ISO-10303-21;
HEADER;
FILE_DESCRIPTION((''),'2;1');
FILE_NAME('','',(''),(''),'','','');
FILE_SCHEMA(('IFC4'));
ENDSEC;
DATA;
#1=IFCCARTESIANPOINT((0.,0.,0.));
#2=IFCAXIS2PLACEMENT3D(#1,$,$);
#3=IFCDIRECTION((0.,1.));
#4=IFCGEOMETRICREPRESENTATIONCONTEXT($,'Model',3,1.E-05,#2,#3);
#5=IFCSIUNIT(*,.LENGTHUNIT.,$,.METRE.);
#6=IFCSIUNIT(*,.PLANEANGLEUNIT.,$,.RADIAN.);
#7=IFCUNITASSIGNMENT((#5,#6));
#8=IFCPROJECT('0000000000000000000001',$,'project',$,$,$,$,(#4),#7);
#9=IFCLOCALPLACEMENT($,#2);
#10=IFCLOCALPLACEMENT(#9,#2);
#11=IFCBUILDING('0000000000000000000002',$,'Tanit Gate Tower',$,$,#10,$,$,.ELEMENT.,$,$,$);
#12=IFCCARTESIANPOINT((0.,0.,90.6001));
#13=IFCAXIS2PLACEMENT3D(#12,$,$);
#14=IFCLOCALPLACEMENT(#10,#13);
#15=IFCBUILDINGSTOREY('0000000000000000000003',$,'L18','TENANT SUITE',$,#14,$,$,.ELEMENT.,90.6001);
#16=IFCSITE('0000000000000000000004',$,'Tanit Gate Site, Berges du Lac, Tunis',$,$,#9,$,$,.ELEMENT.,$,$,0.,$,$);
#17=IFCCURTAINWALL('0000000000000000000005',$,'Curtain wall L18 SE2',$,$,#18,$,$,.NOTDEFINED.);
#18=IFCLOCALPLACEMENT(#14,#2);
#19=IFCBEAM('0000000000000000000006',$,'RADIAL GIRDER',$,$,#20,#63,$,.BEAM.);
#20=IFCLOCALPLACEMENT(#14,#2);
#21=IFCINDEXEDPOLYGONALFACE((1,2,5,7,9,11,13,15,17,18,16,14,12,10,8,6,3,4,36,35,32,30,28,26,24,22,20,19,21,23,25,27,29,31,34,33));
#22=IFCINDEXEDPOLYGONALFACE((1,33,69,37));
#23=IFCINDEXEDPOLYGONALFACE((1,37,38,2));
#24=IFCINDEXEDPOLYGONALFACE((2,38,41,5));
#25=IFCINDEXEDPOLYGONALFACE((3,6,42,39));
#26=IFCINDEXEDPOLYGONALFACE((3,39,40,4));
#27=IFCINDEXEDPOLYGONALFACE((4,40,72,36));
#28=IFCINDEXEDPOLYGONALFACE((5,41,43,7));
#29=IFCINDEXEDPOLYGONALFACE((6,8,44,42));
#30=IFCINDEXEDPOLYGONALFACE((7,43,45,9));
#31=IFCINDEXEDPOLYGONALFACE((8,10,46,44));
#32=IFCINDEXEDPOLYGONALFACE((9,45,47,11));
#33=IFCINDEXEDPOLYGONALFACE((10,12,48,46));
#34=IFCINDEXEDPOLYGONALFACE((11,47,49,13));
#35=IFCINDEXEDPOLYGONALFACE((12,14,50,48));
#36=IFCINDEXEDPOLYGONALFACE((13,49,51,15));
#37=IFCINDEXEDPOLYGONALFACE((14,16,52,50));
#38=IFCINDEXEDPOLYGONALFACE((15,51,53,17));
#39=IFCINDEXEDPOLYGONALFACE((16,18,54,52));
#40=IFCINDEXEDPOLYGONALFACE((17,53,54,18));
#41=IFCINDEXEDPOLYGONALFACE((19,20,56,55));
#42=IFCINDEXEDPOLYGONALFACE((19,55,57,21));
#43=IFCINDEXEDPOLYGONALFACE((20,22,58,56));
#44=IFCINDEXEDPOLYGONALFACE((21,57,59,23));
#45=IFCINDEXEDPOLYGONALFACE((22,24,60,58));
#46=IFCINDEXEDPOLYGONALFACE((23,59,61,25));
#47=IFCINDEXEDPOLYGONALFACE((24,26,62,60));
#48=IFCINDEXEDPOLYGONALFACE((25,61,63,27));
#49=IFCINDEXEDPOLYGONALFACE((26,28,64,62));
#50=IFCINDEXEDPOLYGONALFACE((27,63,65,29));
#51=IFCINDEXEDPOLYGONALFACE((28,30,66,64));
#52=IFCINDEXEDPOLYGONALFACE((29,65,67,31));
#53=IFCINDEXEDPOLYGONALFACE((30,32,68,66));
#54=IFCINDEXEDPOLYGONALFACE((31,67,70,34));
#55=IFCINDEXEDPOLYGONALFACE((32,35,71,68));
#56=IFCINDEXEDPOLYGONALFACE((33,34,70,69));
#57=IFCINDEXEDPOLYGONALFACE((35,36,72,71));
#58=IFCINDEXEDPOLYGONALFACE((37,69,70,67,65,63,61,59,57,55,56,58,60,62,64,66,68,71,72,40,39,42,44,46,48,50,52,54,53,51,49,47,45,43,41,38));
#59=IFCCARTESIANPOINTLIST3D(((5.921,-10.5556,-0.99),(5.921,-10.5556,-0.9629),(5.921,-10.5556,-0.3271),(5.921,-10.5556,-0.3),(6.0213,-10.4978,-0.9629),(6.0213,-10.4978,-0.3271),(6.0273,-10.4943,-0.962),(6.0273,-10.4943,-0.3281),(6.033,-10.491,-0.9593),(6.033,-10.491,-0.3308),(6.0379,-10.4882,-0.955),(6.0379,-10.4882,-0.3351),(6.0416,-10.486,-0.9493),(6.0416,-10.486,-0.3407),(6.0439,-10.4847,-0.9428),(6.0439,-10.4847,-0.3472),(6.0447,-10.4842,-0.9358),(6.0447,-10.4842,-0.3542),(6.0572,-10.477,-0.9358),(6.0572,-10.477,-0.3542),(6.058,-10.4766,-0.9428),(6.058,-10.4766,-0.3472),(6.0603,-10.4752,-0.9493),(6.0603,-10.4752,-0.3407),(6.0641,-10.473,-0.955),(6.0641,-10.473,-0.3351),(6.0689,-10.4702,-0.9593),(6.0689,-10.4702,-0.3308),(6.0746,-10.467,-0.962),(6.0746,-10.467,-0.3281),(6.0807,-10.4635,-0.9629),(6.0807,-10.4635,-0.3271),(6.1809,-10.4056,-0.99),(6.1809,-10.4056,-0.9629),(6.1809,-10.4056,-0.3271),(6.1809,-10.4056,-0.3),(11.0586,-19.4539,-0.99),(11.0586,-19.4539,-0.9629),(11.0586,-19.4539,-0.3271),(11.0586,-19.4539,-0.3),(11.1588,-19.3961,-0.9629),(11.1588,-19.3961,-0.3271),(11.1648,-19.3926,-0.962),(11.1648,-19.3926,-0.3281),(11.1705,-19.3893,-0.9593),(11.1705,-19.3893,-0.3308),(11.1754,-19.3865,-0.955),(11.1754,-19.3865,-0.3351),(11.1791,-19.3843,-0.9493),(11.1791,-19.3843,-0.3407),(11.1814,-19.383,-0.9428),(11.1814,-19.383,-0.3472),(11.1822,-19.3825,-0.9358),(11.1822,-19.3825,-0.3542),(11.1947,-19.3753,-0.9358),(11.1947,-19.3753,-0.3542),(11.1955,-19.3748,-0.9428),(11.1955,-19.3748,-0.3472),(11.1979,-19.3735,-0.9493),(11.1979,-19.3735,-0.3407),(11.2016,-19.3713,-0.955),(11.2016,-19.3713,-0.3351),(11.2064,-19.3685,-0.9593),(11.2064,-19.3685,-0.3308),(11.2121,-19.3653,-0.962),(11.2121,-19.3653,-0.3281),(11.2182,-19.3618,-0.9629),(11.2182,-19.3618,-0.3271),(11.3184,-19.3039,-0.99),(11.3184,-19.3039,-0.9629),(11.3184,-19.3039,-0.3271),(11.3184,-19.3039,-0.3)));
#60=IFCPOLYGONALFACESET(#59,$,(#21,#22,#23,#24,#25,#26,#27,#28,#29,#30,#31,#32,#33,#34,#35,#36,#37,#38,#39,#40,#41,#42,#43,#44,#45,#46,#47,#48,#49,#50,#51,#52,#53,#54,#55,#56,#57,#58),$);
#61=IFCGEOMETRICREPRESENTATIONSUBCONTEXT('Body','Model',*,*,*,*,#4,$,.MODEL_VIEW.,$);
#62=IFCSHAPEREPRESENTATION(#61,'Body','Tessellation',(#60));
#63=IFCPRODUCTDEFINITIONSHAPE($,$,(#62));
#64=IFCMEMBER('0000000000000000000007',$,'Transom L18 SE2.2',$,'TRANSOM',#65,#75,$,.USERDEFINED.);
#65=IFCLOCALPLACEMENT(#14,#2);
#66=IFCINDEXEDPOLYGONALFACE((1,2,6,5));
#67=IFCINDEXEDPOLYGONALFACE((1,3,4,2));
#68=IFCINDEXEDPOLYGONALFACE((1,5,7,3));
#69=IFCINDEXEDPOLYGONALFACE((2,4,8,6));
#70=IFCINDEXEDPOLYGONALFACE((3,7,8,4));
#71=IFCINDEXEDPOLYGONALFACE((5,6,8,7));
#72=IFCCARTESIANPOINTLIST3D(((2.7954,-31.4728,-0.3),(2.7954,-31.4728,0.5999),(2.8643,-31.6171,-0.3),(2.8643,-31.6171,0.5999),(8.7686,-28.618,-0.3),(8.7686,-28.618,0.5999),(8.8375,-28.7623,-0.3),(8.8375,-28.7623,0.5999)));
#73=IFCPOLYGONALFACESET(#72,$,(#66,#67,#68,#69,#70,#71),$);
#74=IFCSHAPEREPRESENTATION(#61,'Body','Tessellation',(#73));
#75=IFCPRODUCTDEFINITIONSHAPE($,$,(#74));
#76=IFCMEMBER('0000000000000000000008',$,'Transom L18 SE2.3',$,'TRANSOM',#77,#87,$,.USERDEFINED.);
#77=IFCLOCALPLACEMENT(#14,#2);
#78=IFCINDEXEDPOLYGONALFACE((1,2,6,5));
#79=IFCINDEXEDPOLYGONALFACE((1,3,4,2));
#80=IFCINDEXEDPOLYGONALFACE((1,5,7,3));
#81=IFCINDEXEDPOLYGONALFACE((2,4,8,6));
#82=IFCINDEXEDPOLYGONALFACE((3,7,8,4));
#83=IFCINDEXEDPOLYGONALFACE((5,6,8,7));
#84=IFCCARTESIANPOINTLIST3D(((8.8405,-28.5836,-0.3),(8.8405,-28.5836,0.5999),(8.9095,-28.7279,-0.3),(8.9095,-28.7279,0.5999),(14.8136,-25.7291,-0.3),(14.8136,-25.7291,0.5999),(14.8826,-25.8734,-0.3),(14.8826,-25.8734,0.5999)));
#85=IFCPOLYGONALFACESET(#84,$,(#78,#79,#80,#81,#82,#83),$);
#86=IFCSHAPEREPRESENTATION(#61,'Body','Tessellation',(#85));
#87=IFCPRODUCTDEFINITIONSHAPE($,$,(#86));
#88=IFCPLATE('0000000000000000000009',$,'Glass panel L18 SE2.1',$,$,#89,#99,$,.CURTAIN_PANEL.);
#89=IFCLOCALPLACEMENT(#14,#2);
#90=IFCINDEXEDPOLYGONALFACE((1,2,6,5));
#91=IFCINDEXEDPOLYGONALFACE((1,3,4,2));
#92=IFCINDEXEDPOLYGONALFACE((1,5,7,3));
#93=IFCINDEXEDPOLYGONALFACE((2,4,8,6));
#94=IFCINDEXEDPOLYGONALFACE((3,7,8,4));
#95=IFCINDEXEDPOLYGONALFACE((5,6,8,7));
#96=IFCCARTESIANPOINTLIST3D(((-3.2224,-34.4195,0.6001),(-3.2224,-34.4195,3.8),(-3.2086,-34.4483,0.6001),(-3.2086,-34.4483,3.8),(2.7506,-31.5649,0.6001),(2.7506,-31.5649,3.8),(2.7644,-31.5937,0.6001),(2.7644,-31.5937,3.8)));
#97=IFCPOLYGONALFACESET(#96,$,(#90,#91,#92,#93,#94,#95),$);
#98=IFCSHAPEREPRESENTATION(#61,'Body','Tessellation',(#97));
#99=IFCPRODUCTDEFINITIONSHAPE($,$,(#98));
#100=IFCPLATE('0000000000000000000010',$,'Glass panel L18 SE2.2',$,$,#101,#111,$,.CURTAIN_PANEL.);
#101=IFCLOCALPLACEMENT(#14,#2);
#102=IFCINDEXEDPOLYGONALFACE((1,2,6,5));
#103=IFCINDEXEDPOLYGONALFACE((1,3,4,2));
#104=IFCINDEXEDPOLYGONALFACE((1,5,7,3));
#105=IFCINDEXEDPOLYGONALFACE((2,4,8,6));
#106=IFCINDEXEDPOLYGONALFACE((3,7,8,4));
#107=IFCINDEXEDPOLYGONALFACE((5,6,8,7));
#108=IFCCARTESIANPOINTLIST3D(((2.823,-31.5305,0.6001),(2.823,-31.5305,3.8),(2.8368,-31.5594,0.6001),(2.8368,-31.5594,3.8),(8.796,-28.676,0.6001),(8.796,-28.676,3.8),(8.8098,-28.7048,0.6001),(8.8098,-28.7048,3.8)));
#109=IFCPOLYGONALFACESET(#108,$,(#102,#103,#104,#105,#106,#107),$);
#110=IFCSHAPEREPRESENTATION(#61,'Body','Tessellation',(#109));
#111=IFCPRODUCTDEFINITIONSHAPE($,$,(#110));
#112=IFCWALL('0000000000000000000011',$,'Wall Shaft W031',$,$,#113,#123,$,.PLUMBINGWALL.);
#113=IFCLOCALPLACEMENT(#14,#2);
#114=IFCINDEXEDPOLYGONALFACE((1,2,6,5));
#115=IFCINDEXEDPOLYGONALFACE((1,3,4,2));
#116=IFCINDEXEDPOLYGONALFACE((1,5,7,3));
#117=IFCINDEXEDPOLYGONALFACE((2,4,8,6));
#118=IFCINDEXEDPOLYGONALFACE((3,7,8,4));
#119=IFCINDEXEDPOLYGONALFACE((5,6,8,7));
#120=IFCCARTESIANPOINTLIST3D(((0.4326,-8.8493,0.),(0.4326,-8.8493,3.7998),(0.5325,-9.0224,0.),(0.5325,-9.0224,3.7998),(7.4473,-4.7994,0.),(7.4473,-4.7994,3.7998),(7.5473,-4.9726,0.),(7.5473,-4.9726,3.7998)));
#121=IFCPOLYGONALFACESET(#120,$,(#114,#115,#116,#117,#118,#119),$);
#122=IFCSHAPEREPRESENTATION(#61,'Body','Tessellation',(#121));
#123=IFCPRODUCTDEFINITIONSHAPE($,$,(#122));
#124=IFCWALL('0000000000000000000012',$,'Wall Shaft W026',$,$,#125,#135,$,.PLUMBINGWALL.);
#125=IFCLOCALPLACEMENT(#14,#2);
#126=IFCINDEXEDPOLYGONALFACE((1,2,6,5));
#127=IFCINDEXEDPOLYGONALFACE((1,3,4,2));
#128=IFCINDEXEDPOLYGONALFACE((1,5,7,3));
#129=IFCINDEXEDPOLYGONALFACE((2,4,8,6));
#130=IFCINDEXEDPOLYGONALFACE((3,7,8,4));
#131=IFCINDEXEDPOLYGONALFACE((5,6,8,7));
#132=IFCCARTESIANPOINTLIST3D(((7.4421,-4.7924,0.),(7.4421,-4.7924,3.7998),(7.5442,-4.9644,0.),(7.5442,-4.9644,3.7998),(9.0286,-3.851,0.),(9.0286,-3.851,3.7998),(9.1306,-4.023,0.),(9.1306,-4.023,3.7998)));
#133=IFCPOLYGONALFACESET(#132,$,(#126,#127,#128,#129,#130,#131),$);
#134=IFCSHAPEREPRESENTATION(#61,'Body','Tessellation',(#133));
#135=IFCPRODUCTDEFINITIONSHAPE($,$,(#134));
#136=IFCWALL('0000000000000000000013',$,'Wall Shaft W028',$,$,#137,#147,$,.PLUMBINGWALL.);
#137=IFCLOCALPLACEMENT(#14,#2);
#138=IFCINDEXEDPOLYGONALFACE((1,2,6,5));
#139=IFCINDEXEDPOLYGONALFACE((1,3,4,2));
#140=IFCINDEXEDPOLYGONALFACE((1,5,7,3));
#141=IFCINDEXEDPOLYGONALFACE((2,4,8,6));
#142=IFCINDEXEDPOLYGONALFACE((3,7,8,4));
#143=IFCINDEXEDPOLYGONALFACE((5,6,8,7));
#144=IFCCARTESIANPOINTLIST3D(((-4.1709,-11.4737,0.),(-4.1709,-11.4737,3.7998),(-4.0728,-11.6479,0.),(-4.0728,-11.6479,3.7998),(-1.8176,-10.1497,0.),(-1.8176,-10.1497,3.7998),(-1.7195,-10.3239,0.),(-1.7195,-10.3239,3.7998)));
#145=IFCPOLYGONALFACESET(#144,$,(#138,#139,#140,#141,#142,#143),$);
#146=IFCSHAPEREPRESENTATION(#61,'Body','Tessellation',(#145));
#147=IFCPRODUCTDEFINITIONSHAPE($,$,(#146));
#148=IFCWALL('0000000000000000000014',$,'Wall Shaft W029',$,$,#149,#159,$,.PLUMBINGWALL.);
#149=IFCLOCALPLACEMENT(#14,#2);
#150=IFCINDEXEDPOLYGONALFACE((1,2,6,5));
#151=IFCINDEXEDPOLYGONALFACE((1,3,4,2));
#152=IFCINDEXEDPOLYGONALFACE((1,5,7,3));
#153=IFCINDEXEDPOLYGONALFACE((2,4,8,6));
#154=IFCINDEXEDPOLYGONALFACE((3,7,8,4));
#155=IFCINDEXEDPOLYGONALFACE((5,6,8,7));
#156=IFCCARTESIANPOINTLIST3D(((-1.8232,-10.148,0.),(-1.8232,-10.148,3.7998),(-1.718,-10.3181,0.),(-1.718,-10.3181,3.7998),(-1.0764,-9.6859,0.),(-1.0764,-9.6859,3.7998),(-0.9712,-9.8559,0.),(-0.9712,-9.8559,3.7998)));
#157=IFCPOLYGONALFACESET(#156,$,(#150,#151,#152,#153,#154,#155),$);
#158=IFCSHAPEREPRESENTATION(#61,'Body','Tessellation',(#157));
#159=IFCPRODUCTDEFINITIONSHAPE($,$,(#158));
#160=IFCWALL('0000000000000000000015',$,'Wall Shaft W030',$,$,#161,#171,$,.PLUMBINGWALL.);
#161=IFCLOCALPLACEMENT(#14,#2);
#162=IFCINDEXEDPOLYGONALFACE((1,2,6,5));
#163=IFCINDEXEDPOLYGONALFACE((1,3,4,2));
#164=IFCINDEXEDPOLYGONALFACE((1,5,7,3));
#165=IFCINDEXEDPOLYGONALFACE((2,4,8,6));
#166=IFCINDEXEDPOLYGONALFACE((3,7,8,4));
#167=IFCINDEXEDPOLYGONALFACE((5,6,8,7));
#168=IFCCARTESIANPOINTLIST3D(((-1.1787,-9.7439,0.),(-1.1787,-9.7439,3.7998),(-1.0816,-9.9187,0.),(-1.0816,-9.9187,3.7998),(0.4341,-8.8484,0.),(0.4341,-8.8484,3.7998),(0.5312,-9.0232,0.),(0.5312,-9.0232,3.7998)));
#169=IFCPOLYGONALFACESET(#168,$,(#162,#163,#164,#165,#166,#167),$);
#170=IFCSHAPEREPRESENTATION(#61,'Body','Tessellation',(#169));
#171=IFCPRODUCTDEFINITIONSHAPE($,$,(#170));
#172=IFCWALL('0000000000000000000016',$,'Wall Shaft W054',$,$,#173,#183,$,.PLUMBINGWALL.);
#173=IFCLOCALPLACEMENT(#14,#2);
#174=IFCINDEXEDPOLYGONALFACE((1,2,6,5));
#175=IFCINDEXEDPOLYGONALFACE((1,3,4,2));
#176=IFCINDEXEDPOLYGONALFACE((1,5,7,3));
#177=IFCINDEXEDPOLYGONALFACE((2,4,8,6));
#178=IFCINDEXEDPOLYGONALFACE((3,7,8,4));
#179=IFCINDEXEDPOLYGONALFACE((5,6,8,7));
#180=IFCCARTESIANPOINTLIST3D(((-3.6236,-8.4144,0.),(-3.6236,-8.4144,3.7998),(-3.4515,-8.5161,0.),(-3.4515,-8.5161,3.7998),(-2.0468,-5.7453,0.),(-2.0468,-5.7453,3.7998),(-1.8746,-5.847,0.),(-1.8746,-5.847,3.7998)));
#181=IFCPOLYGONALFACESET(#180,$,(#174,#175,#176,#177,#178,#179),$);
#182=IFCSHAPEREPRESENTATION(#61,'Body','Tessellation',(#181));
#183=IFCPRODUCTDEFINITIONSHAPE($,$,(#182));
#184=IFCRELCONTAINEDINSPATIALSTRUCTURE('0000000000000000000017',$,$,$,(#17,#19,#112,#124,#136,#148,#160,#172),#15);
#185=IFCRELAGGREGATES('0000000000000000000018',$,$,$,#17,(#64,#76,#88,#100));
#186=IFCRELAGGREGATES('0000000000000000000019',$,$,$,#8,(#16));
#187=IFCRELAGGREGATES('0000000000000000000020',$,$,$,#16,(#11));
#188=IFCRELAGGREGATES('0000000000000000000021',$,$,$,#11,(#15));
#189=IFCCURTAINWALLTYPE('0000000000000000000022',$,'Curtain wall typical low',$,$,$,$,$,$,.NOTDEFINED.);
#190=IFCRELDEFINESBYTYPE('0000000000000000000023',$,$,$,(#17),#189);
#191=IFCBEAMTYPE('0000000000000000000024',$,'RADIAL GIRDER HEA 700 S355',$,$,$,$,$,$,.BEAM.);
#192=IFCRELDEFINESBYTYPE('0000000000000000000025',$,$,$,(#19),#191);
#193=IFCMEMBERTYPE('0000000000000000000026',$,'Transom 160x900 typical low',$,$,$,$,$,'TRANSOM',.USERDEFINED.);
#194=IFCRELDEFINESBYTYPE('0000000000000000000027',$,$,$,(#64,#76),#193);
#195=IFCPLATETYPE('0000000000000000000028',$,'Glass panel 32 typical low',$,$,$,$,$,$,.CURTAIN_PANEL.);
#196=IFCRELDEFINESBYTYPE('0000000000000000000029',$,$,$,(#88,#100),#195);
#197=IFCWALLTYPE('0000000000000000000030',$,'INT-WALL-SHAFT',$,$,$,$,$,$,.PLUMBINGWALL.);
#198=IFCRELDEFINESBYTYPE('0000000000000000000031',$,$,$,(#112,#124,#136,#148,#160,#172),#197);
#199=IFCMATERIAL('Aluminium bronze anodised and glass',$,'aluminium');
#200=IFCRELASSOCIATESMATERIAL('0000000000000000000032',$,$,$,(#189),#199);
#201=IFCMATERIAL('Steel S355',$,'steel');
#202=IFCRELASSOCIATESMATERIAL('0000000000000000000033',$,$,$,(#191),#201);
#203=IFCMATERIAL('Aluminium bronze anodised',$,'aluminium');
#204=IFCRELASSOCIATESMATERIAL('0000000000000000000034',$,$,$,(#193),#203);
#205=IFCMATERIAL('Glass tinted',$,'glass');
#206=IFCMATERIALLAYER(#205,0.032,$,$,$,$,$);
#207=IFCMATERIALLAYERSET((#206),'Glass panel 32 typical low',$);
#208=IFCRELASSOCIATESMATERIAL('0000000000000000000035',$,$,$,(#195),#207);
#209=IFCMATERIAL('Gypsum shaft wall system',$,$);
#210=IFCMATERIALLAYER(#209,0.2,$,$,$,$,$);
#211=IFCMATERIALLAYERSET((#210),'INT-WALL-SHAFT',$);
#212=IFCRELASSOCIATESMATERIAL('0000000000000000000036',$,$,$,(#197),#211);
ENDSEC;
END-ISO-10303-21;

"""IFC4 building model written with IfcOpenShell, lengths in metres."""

from ifc_helpers import new_model, si_unit, direction, frame, frame_2d, origin, origin_2d, place, context, subcontext, project, spatial, rectangle, i_section, extrude, material, layer, layer_set, material_profile, profile_set, type_object, element, aggregate, save


model = new_model("IFC4")

# Units and contexts
model_context = context("Model", 3, precision=1e-05, world=origin(), true_north=direction((0.0, 1.0)))
body_context = subcontext(model_context, "Body", "Model", "MODEL_VIEW")
ifc_project = project(units=[si_unit("LENGTHUNIT", "METRE"), si_unit("PLANEANGLEUNIT", "RADIAN")], contexts=[model_context])

# Site, building, storey
site_placement = place(None, origin())
site = spatial("IfcSite", under=ifc_project, at=site_placement, Name="Tanit Gate Site, Berges du Lac, Tunis", CompositionType="ELEMENT", RefElevation=0.0)
building_placement = place(site_placement, origin())
building = spatial("IfcBuilding", under=site, at=building_placement, Name="Tanit Gate Tower", CompositionType="ELEMENT")
storey_placement = place(building_placement, frame((0.0, 0.0, 90.6001)))
storey = spatial("IfcBuildingStorey", under=building, at=storey_placement, Name="L18", Description="TENANT SUITE", CompositionType="ELEMENT", Elevation=90.6001)

# Curtain wall
ifc_material_1 = material(Name="Aluminium bronze anodised and glass", Category="aluminium")
curtain_wall_type = type_object("IfcCurtainWallType", Name="Curtain wall typical low", PredefinedType="NOTDEFINED", material=ifc_material_1)
curtain_wall_placement = place(storey_placement, origin())
curtain_wall = element("IfcCurtainWall", 1, at=curtain_wall_placement, inside=storey, type_object=curtain_wall_type, Name="Curtain wall L18 SE2", PredefinedType="NOTDEFINED")

# Beam
ifc_material_2 = material(Name="Steel S355", Category="steel")
ifc_material_profile_1 = material_profile(ifc_material_2, i_section(OverallWidth=0.3, OverallDepth=0.6899, WebThickness=0.0144, FlangeThickness=0.0271, FilletRadius=0.0271, at=origin_2d()), Name="HEA 700")
ifc_profile_set_1 = profile_set([ifc_material_profile_1], Name="Steel S355")
beam_type = type_object("IfcBeamType", Name="RADIAL GIRDER HEA 700 S355", PredefinedType="BEAM", material=ifc_profile_set_1)
beam_1_placement = place(storey_placement, frame((11.1885, -19.3789, -0.645), z_axis=(-0.500006, 0.866022, 0.0), x_axis=(-0.866022, -0.500006, 0.0)))
element("IfcBeam", 2, at=beam_1_placement, inside=storey, type_object=beam_type, Name="RADIAL GIRDER", PredefinedType="BEAM", context=body_context, shape_type="SweptSolid", body=[
    extrude(i_section(OverallWidth=0.3, OverallDepth=0.6899, WebThickness=0.0144, FlangeThickness=0.0271, FilletRadius=0.0271, at=origin_2d()), origin(), (0.0, 0.0, 1.0), 10.2749),
])

# Members
ifc_material_3 = material(Name="Aluminium bronze anodised", Category="aluminium")
ifc_material_profile_2 = material_profile(ifc_material_3, rectangle(XDim=0.1599, YDim=0.8999, at=origin_2d()), Name="160x900 bronze transom")
ifc_profile_set_2 = profile_set([ifc_material_profile_2], Name="Aluminium bronze anodised")
member_type_1 = type_object("IfcMemberType", Name="Transom 160x900 typical low", ElementType="TRANSOM", PredefinedType="USERDEFINED", material=ifc_profile_set_2)
member_1_placement = place(storey_placement, frame((2.8298, -31.5449, 0.1499), z_axis=(0.902251, 0.431211, 0.0), x_axis=(-0.431211, 0.902251, 0.0)))
member_1 = element("IfcMember", 3, at=member_1_placement, type_object=member_type_1, Name="Transom L18 SE2.2", ObjectType="TRANSOM", PredefinedType="USERDEFINED", context=body_context, shape_type="SweptSolid", body=[
    extrude(rectangle(XDim=0.1599, YDim=0.8999, at=origin_2d()), origin(), (0.0, 0.0, 1.0), 6.6204),
])
member_2_placement = place(storey_placement, frame((8.875, -28.6558, 0.1499), z_axis=(0.902265, 0.431181, 0.0), x_axis=(-0.431181, 0.902265, 0.0)))
member_2 = element("IfcMember", 4, at=member_2_placement, type_object=member_type_1, Name="Transom L18 SE2.3", ObjectType="TRANSOM", PredefinedType="USERDEFINED", context=body_context, shape_type="SweptSolid", body=[
    extrude(rectangle(XDim=0.1599, YDim=0.8999, at=origin_2d()), origin(), (0.0, 0.0, 1.0), 6.6201),
])

# Plates
ifc_material_4 = material(Name="Glass tinted", Category="glass")
ifc_layer_1 = layer(ifc_material_4, 0.032)
ifc_layer_set_1 = layer_set([ifc_layer_1], Name="Glass panel 32 typical low")
plate_type = type_object("IfcPlateType", Name="Glass panel 32 typical low", PredefinedType="CURTAIN_PANEL", material=ifc_layer_set_1)
plate_1_placement = place(storey_placement, frame((-0.229, -33.0066, 0.6001), z_axis=(0.0, 0.0, 1.0), x_axis=(0.902258, 0.431197, 0.0)))
plate_1 = element("IfcPlate", 5, at=plate_1_placement, type_object=plate_type, Name="Glass panel L18 SE2.1", PredefinedType="CURTAIN_PANEL", context=body_context, shape_type="SweptSolid", body=[
    extrude(rectangle(XDim=6.6201, YDim=0.032, at=origin_2d()), origin(), (0.0, 0.0, 1.0), 3.2),
])
plate_2_placement = place(storey_placement, frame((5.8164, -30.1177, 0.6001), z_axis=(0.0, 0.0, 1.0), x_axis=(0.902258, 0.431197, 0.0)))
plate_2 = element("IfcPlate", 6, at=plate_2_placement, type_object=plate_type, Name="Glass panel L18 SE2.2", PredefinedType="CURTAIN_PANEL", context=body_context, shape_type="SweptSolid", body=[
    extrude(rectangle(XDim=6.6201, YDim=0.032, at=origin_2d()), origin(), (0.0, 0.0, 1.0), 3.2),
])
aggregate(curtain_wall, [member_1, member_2, plate_1, plate_2])

# Walls
ifc_material_5 = material(Name="Gypsum shaft wall system")
ifc_layer_2 = layer(ifc_material_5, 0.2)
ifc_layer_set_2 = layer_set([ifc_layer_2], Name="INT-WALL-SHAFT")
wall_type = type_object("IfcWallType", Name="INT-WALL-SHAFT", PredefinedType="PLUMBINGWALL", material=ifc_layer_set_2)
wall_1_placement = place(storey_placement, frame((0.4827, -8.9358, 0.0), z_axis=(0.0, 0.0, 1.0), x_axis=(0.866031, 0.49999, 0.0)))
element("IfcWall", 7, at=wall_1_placement, inside=storey, type_object=wall_type, Name="Wall Shaft W031", PredefinedType="PLUMBINGWALL", context=body_context, shape_type="SweptSolid", body=[
    extrude(rectangle(XDim=8.0999, YDim=0.2, at=frame_2d((4.0498, 0.0))), origin(), (0.0, 0.0, 1.0), 3.7998),
])
wall_2_placement = place(storey_placement, frame((7.4932, -4.8784, 0.0), z_axis=(0.0, 0.0, 1.0), x_axis=(0.859982, 0.510325, 0.0)))
element("IfcWall", 8, at=wall_2_placement, inside=storey, type_object=wall_type, Name="Wall Shaft W026", PredefinedType="PLUMBINGWALL", context=body_context, shape_type="SweptSolid", body=[
    extrude(rectangle(XDim=1.8447, YDim=0.2, at=frame_2d((0.9224, 0.0))), origin(), (0.0, 0.0, 1.0), 3.7998),
])
wall_3_placement = place(storey_placement, frame((-1.7686, -10.2368, 0.0), z_axis=(0.0, 0.0, 1.0), x_axis=(-0.871534, -0.490334, 0.0)))
element("IfcWall", 9, at=wall_3_placement, inside=storey, type_object=wall_type, Name="Wall Shaft W028", PredefinedType="PLUMBINGWALL", context=body_context, shape_type="SweptSolid", body=[
    extrude(rectangle(XDim=2.7002, YDim=0.2, at=frame_2d((1.3501, 0.0))), origin(), (0.0, 0.0, 1.0), 3.7998),
])
wall_4_placement = place(storey_placement, frame((-1.0239, -9.771, 0.0), z_axis=(0.0, 0.0, 1.0), x_axis=(-0.850348, -0.526221, 0.0)))
element("IfcWall", 10, at=wall_4_placement, inside=storey, type_object=wall_type, Name="Wall Shaft W029", PredefinedType="PLUMBINGWALL", context=body_context, shape_type="SweptSolid", body=[
    extrude(rectangle(XDim=0.8782, YDim=0.2, at=frame_2d((0.439, 0.0))), origin(), (0.0, 0.0, 1.0), 3.7998),
])
wall_5_placement = place(storey_placement, frame((-1.1301, -9.8313, 0.0), z_axis=(0.0, 0.0, 1.0), x_axis=(0.87427, 0.485441, 0.0)))
element("IfcWall", 11, at=wall_5_placement, inside=storey, type_object=wall_type, Name="Wall Shaft W030", PredefinedType="PLUMBINGWALL", context=body_context, shape_type="SweptSolid", body=[
    extrude(rectangle(XDim=1.8447, YDim=0.2, at=frame_2d((0.9224, 0.0))), origin(), (0.0, 0.0, 1.0), 3.7998),
])
wall_6_placement = place(storey_placement, frame((-1.9607, -5.7961, 0.0), z_axis=(0.0, 0.0, 1.0), x_axis=(-0.508647, -0.860975, 0.0)))
element("IfcWall", 12, at=wall_6_placement, inside=storey, type_object=wall_type, Name="Wall Shaft W054", PredefinedType="PLUMBINGWALL", context=body_context, shape_type="SweptSolid", body=[
    extrude(rectangle(XDim=3.1001, YDim=0.2, at=frame_2d((1.55, 0.0))), origin(), (0.0, 0.0, 1.0), 3.7998),
])

save(model, "model.ifc")
